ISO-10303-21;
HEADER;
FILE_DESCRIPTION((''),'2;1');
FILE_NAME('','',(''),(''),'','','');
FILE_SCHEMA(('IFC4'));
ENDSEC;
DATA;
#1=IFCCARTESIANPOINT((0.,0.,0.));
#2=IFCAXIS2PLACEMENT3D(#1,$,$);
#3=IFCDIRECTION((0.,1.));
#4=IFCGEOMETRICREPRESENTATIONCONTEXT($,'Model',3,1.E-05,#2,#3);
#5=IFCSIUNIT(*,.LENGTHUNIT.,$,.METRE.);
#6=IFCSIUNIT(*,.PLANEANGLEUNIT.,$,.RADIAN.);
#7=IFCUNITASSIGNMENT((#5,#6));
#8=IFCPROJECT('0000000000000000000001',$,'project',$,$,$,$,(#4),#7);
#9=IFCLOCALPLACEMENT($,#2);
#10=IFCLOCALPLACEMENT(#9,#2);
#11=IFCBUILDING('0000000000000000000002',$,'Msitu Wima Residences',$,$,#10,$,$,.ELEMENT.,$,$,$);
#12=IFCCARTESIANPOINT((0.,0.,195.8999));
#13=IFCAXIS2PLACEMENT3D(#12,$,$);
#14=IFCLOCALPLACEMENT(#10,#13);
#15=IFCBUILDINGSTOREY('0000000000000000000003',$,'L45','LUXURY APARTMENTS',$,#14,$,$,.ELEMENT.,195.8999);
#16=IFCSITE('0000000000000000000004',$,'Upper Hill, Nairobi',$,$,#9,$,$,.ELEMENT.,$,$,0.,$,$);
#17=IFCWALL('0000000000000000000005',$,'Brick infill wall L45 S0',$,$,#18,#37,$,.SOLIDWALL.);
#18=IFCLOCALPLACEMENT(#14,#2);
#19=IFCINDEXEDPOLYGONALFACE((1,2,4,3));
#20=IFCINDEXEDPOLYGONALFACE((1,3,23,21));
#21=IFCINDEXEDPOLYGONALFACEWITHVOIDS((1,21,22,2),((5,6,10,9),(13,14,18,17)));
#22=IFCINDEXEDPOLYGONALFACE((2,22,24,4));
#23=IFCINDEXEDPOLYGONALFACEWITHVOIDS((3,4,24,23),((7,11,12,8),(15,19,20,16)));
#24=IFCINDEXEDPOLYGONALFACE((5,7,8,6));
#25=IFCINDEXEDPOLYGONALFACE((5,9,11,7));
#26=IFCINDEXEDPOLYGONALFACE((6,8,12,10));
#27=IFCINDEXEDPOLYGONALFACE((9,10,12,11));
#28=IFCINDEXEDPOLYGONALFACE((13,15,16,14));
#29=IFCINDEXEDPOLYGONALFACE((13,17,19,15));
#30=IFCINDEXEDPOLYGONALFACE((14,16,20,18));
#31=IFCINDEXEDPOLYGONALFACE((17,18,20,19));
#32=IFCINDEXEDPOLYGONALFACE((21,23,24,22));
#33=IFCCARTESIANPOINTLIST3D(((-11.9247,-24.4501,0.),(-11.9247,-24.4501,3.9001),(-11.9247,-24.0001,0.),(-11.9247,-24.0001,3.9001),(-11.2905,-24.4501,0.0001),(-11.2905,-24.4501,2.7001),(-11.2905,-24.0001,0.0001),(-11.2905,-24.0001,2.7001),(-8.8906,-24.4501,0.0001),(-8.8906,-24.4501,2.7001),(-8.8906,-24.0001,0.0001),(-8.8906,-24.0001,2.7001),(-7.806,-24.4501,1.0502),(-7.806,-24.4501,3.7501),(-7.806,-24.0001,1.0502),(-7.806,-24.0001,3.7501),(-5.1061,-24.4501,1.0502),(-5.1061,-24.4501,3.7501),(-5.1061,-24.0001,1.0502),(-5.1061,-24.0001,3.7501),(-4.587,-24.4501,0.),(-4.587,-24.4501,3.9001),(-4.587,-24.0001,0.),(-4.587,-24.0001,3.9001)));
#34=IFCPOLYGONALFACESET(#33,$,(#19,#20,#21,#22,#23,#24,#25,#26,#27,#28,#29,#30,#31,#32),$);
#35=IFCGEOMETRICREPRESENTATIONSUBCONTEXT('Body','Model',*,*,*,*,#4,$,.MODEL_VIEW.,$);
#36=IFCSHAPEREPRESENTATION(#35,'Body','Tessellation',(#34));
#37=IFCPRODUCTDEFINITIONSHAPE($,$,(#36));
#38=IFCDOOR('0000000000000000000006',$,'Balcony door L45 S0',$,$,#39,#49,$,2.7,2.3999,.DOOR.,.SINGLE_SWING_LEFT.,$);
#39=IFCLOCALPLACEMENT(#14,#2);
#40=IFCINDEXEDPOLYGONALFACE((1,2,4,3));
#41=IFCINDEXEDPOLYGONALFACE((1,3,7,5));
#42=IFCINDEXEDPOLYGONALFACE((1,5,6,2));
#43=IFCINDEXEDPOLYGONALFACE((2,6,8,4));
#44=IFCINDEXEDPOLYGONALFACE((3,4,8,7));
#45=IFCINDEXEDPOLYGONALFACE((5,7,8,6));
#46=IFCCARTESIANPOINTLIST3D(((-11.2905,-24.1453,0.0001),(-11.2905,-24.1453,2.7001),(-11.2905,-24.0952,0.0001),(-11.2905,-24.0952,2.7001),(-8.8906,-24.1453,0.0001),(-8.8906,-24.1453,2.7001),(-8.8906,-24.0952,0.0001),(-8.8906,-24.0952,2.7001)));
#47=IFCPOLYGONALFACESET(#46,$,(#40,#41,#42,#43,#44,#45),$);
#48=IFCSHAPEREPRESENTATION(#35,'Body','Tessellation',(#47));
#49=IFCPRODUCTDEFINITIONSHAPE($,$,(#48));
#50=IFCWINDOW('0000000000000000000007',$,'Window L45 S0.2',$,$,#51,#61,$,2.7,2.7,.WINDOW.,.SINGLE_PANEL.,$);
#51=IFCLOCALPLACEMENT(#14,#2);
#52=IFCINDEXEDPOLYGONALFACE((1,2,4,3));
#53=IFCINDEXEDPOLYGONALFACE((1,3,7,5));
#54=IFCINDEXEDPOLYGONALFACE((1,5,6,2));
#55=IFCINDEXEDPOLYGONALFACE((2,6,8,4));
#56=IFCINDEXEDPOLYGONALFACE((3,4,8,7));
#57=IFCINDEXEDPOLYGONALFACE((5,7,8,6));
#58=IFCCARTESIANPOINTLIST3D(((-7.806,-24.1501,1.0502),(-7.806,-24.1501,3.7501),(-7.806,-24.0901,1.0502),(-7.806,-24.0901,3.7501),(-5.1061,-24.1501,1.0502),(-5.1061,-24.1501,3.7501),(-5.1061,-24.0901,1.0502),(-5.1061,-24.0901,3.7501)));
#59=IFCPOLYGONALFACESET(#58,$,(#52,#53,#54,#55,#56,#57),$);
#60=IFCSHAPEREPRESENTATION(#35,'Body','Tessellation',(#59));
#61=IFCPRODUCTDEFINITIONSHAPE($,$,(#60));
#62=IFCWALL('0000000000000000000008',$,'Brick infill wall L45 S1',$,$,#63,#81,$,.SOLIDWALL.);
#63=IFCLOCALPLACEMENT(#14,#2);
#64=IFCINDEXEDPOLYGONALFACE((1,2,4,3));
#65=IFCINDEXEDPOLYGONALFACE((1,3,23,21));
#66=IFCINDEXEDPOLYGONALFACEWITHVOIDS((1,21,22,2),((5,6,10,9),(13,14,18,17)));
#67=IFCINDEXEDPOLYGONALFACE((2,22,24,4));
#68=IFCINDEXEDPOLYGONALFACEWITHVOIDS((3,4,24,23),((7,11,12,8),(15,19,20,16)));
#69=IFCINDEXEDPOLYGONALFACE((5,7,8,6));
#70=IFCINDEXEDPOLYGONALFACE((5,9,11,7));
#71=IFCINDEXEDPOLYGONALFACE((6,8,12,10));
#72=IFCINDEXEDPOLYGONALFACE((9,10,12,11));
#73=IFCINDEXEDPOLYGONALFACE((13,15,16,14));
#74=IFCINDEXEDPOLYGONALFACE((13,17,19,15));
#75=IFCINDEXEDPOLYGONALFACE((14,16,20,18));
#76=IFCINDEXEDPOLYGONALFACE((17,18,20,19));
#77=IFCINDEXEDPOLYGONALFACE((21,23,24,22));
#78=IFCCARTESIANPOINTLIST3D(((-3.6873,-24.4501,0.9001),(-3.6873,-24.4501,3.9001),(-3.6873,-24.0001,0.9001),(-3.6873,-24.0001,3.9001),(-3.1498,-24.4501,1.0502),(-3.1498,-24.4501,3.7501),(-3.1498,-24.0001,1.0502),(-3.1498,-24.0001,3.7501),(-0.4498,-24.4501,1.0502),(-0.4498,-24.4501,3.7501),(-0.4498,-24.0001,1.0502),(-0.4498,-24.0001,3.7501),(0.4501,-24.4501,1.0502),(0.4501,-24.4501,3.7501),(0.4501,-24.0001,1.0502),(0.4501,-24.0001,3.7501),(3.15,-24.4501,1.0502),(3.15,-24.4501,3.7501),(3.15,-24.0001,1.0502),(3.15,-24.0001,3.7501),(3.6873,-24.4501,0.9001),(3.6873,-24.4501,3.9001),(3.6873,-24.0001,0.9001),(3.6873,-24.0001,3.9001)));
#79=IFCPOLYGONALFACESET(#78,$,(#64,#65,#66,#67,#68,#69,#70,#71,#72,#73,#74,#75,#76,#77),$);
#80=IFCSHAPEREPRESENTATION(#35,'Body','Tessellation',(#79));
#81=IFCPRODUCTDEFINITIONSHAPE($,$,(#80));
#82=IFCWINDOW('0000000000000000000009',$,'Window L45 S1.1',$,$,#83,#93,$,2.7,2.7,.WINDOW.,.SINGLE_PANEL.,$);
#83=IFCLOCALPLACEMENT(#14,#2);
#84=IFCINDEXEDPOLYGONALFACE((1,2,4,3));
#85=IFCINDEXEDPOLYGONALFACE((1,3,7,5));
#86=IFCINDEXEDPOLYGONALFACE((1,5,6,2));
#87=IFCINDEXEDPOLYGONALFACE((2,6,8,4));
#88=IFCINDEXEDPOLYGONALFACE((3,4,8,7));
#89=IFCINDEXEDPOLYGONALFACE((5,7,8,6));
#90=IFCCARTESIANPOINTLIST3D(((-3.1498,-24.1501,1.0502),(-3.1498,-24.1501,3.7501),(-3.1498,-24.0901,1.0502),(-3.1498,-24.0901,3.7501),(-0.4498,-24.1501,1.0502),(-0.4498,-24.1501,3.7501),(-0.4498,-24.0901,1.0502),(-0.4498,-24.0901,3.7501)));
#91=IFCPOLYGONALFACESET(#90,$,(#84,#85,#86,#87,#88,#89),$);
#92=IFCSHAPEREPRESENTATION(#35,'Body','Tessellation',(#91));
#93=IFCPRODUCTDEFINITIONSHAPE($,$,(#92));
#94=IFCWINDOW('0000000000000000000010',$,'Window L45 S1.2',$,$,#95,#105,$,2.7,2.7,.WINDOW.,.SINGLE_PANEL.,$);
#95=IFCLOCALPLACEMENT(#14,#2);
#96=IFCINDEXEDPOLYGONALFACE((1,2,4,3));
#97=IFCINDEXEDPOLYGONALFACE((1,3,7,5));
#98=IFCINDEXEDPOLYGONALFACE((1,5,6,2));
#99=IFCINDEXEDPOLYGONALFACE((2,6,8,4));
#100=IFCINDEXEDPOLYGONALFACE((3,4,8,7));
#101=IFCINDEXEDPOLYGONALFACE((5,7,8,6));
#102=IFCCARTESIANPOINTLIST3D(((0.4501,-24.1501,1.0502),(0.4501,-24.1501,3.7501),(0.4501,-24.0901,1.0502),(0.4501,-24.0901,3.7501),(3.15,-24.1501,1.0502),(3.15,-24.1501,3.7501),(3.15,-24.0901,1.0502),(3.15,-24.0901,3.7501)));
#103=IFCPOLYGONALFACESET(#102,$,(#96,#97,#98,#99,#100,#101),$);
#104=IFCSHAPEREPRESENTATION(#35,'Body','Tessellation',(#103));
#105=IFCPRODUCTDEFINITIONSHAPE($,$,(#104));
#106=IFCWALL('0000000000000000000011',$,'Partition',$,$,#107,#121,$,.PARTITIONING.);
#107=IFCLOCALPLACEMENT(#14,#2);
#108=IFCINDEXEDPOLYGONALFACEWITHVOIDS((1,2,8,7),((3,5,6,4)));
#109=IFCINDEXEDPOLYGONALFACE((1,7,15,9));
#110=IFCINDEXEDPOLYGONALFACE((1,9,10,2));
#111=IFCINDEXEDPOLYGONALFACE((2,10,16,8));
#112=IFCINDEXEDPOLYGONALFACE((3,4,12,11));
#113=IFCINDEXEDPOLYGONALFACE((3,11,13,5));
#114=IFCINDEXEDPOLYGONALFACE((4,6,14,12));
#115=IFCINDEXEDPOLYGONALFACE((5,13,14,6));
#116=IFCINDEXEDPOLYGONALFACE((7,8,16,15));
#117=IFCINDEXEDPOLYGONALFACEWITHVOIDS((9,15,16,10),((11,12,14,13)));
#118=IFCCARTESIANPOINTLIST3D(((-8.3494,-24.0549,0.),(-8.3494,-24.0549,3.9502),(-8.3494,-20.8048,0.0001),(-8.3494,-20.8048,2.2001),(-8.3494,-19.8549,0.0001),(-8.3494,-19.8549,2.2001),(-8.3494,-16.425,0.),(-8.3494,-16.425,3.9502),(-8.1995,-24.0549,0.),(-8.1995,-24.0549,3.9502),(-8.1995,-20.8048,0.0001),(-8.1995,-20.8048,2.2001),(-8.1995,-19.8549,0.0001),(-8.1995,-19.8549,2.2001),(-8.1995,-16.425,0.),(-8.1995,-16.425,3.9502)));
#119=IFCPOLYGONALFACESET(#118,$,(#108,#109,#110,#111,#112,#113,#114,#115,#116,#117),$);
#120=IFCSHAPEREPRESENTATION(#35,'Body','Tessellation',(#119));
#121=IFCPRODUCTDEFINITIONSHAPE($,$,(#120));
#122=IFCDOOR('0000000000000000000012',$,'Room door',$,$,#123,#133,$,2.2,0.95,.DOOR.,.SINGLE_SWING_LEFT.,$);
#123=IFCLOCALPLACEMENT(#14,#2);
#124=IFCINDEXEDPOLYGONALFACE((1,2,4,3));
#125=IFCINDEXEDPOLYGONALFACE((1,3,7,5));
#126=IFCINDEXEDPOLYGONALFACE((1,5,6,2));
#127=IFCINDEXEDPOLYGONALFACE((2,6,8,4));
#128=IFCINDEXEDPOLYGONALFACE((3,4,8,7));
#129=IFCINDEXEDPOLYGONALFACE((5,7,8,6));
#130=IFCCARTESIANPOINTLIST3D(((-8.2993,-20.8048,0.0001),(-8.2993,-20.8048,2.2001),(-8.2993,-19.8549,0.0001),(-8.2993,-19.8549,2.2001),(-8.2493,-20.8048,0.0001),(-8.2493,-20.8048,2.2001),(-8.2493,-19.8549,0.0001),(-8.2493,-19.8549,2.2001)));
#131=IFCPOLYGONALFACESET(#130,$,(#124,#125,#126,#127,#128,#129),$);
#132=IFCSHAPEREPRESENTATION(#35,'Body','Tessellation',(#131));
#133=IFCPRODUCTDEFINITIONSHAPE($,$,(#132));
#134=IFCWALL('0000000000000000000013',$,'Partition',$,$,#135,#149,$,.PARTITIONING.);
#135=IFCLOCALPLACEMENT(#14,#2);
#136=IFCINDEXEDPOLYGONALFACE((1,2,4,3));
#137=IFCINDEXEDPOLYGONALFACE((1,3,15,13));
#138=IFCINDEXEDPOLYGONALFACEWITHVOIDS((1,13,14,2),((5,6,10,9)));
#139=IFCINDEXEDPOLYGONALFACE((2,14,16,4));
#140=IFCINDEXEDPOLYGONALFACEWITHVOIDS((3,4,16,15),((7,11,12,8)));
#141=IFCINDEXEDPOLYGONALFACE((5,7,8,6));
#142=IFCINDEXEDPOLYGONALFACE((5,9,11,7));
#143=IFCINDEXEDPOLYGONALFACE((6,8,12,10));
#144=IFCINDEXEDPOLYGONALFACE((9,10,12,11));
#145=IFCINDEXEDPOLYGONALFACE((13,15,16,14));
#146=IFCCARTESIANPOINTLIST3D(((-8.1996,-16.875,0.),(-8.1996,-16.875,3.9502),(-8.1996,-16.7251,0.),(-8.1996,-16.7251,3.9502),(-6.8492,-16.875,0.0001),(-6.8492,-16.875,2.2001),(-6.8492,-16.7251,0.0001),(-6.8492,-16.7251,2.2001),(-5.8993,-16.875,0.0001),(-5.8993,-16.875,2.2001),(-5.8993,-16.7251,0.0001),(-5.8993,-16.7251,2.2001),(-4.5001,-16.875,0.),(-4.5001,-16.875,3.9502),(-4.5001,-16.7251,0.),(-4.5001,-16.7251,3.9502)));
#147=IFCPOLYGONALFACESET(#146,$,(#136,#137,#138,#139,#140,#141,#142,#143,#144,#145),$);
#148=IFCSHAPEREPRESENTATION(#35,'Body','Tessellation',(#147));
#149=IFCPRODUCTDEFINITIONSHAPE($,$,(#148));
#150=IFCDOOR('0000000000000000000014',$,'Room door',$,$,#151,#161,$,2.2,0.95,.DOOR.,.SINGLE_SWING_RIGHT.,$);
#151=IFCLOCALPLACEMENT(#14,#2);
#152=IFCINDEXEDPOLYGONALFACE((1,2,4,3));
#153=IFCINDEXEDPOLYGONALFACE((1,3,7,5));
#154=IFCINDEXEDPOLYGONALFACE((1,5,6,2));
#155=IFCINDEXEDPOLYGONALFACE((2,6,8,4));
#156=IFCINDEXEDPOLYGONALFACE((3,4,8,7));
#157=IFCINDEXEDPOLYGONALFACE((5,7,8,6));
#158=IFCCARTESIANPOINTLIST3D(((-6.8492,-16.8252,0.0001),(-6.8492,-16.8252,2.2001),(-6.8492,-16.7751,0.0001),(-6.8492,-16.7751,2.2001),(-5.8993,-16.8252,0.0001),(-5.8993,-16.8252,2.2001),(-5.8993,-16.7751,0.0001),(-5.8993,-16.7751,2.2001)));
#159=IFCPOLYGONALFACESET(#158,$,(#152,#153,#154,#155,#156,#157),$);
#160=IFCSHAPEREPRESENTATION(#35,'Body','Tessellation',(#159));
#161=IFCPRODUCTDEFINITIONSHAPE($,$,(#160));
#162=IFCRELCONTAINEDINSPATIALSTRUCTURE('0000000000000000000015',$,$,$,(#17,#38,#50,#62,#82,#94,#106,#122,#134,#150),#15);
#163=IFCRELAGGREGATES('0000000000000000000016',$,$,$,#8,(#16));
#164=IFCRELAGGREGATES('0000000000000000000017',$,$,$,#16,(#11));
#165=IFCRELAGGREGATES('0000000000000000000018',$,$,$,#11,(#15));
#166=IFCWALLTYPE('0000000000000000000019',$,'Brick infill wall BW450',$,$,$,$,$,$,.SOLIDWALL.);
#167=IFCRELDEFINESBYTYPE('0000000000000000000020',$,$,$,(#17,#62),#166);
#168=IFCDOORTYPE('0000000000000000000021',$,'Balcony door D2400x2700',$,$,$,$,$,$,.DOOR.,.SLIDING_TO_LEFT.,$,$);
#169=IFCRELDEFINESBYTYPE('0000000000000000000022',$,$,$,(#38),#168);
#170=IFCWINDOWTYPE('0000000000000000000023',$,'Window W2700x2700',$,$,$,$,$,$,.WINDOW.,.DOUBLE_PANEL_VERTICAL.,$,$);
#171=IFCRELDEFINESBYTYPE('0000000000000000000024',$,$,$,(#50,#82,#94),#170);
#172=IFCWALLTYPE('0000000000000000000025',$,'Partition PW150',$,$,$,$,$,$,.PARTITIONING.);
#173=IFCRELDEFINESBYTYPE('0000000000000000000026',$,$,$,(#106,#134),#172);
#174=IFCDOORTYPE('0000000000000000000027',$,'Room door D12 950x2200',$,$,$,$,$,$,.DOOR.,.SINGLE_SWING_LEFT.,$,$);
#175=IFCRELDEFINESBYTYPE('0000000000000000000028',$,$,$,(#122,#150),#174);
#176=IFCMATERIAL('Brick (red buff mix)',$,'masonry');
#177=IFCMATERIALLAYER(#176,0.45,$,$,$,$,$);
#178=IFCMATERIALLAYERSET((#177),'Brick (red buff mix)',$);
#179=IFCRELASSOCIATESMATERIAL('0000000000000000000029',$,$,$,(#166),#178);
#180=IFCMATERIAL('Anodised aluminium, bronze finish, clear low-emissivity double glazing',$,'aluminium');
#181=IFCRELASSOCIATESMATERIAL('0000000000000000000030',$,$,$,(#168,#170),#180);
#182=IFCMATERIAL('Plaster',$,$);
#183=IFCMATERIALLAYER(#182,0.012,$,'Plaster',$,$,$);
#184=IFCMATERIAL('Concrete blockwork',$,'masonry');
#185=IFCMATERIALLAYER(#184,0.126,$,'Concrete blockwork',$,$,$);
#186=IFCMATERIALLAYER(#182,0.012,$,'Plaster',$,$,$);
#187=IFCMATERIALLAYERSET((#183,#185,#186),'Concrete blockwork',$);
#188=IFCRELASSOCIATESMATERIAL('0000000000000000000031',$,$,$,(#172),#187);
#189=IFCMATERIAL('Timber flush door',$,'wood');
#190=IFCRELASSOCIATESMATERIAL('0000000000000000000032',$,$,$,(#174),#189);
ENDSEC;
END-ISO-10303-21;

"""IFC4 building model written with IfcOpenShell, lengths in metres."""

from ifc_helpers import new_model, si_unit, direction, frame, frame_2d, origin, place, context, subcontext, project, spatial, rectangle, extrude, material, layer, layer_set, type_object, element, fill, save


model = new_model("IFC4")

# Units and contexts
model_context = context("Model", 3, precision=1e-05, world=origin(), true_north=direction((0.0, 1.0)))
body_context = subcontext(model_context, "Body", "Model", "MODEL_VIEW")
ifc_project = project(units=[si_unit("LENGTHUNIT", "METRE"), si_unit("PLANEANGLEUNIT", "RADIAN")], contexts=[model_context])

# Site, building, storey
site_placement = place(None, origin())
site = spatial("IfcSite", under=ifc_project, at=site_placement, Name="Upper Hill, Nairobi", CompositionType="ELEMENT", RefElevation=0.0)
building_placement = place(site_placement, origin())
building = spatial("IfcBuilding", under=site, at=building_placement, Name="Msitu Wima Residences", CompositionType="ELEMENT")
storey_placement = place(building_placement, frame((0.0, 0.0, 195.8999)))
storey = spatial("IfcBuildingStorey", under=building, at=storey_placement, Name="L45", Description="LUXURY APARTMENTS", CompositionType="ELEMENT", Elevation=195.8999)

# Wall, openings, door, window
ifc_material_1 = material(Name="Brick (red buff mix)", Category="masonry")
ifc_layer_1 = layer(ifc_material_1, 0.45)
ifc_layer_set_1 = layer_set([ifc_layer_1], Name="Brick (red buff mix)")
wall_type_1 = type_object("IfcWallType", Name="Brick infill wall BW450", PredefinedType="SOLIDWALL", material=ifc_layer_set_1)
wall_1_placement = place(storey_placement, frame((-11.9248, -24.2251, 0.0), z_axis=(0.0, 0.0, 1.0), x_axis=(1.0, 0.0, 0.0)))
wall_1 = element("IfcWall", 1, at=wall_1_placement, inside=storey, type_object=wall_type_1, Name="Brick infill wall L45 S0", PredefinedType="SOLIDWALL", context=body_context, shape_type="SweptSolid", body=[
    extrude(rectangle(XDim=7.3376, YDim=0.45, at=frame_2d((3.6689, 0.0))), origin(), (0.0, 0.0, 1.0), 3.9001),
])
opening_1_placement = place(wall_1_placement, frame((0.6343, 0.0, 0.0)))
opening_1 = element("IfcOpeningElement", 2, at=opening_1_placement, cuts=wall_1, PredefinedType="OPENING", context=body_context, shape_type="SweptSolid", body=[
    extrude(rectangle(XDim=2.3999, YDim=2.7, at=frame_2d((1.2, 1.3501))), frame((0.0, 0.2349, 0.0), z_axis=(0.0, -1.0, 0.0), x_axis=(1.0, 0.0, 0.0)), (0.0, 0.0, 1.0), 0.47),
])
opening_2_placement = place(wall_1_placement, frame((4.1187, 0.0, 1.05)))
opening_2 = element("IfcOpeningElement", 3, at=opening_2_placement, cuts=wall_1, PredefinedType="OPENING", context=body_context, shape_type="SweptSolid", body=[
    extrude(rectangle(XDim=2.7, YDim=2.7, at=frame_2d((1.3501, 1.3501))), frame((0.0, 0.2349, 0.0), z_axis=(0.0, -1.0, 0.0), x_axis=(1.0, 0.0, 0.0)), (0.0, 0.0, 1.0), 0.47),
])
ifc_material_2 = material(Name="Anodised aluminium, bronze finish, clear low-emissivity double glazing", Category="aluminium")
door_type_1 = type_object("IfcDoorType", Name="Balcony door D2400x2700", OperationType="SLIDING_TO_LEFT", PredefinedType="DOOR", material=ifc_material_2)
door_1_placement = place(opening_1_placement, origin())
door_1 = element("IfcDoor", 4, at=door_1_placement, inside=storey, type_object=door_type_1, Name="Balcony door L45 S0", OperationType="SINGLE_SWING_LEFT", OverallHeight=2.7, OverallWidth=2.3999, PredefinedType="DOOR", context=body_context, shape_type="SweptSolid", body=[
    extrude(rectangle(XDim=2.3999, YDim=2.7, at=frame_2d((1.2, 1.3501))), frame((0.0, 0.1299, 0.0), z_axis=(0.0, -1.0, 0.0), x_axis=(1.0, 0.0, 0.0)), (0.0, 0.0, 1.0), 0.05),
])
fill(opening_1, door_1)
window_type = type_object("IfcWindowType", Name="Window W2700x2700", PartitioningType="DOUBLE_PANEL_VERTICAL", PredefinedType="WINDOW", material=ifc_material_2)
window_1_placement = place(opening_2_placement, origin())
window_1 = element("IfcWindow", 5, at=window_1_placement, inside=storey, type_object=window_type, Name="Window L45 S0.2", OverallHeight=2.7, OverallWidth=2.7, PartitioningType="SINGLE_PANEL", PredefinedType="WINDOW", context=body_context, shape_type="SweptSolid", body=[
    extrude(rectangle(XDim=2.7, YDim=2.7, at=frame_2d((1.3501, 1.3501))), frame((0.0, 0.135, 0.0), z_axis=(0.0, -1.0, 0.0), x_axis=(1.0, 0.0, 0.0)), (0.0, 0.0, 1.0), 0.0601),
])
fill(opening_2, window_1)

# Wall, openings, windows
wall_2_placement = place(storey_placement, frame((-3.6873, -24.2251, 0.9001), z_axis=(0.0, 0.0, 1.0), x_axis=(1.0, 0.0, 0.0)))
wall_2 = element("IfcWall", 6, at=wall_2_placement, inside=storey, type_object=wall_type_1, Name="Brick infill wall L45 S1", PredefinedType="SOLIDWALL", context=body_context, shape_type="SweptSolid", body=[
    extrude(rectangle(XDim=7.3745, YDim=0.45, at=frame_2d((3.6873, 0.0))), origin(), (0.0, 0.0, 1.0), 3.0),
])
opening_3_placement = place(wall_2_placement, frame((0.5374, 0.0, 0.1499)))
opening_3 = element("IfcOpeningElement", 7, at=opening_3_placement, cuts=wall_2, PredefinedType="OPENING", context=body_context, shape_type="SweptSolid", body=[
    extrude(rectangle(XDim=2.7, YDim=2.7, at=frame_2d((1.3501, 1.3501))), frame((0.0, 0.2349, 0.0), z_axis=(0.0, -1.0, 0.0), x_axis=(1.0, 0.0, 0.0)), (0.0, 0.0, 1.0), 0.47),
])
opening_4_placement = place(wall_2_placement, frame((4.1372, 0.0, 0.1499)))
opening_4 = element("IfcOpeningElement", 8, at=opening_4_placement, cuts=wall_2, PredefinedType="OPENING", context=body_context, shape_type="SweptSolid", body=[
    extrude(rectangle(XDim=2.7, YDim=2.7, at=frame_2d((1.3501, 1.3501))), frame((0.0, 0.2349, 0.0), z_axis=(0.0, -1.0, 0.0), x_axis=(1.0, 0.0, 0.0)), (0.0, 0.0, 1.0), 0.47),
])
window_2_placement = place(opening_3_placement, origin())
window_2 = element("IfcWindow", 9, at=window_2_placement, inside=storey, type_object=window_type, Name="Window L45 S1.1", OverallHeight=2.7, OverallWidth=2.7, PartitioningType="SINGLE_PANEL", PredefinedType="WINDOW", context=body_context, shape_type="SweptSolid", body=[
    extrude(rectangle(XDim=2.7, YDim=2.7, at=frame_2d((1.3501, 1.3501))), frame((0.0, 0.135, 0.0), z_axis=(0.0, -1.0, 0.0), x_axis=(1.0, 0.0, 0.0)), (0.0, 0.0, 1.0), 0.0601),
])
fill(opening_3, window_2)
window_3_placement = place(opening_4_placement, origin())
window_3 = element("IfcWindow", 10, at=window_3_placement, inside=storey, type_object=window_type, Name="Window L45 S1.2", OverallHeight=2.7, OverallWidth=2.7, PartitioningType="SINGLE_PANEL", PredefinedType="WINDOW", context=body_context, shape_type="SweptSolid", body=[
    extrude(rectangle(XDim=2.7, YDim=2.7, at=frame_2d((1.3501, 1.3501))), frame((0.0, 0.135, 0.0), z_axis=(0.0, -1.0, 0.0), x_axis=(1.0, 0.0, 0.0)), (0.0, 0.0, 1.0), 0.0601),
])
fill(opening_4, window_3)

# Walls, openings, doors
ifc_material_3 = material(Name="Plaster")
ifc_layer_2 = layer(ifc_material_3, 0.012, Name="Plaster")
ifc_material_4 = material(Name="Concrete blockwork", Category="masonry")
ifc_layer_3 = layer(ifc_material_4, 0.126, Name="Concrete blockwork")
ifc_layer_4 = layer(ifc_material_3, 0.012, Name="Plaster")
ifc_layer_set_2 = layer_set([ifc_layer_2, ifc_layer_3, ifc_layer_4], Name="Concrete blockwork")
wall_type_2 = type_object("IfcWallType", Name="Partition PW150", PredefinedType="PARTITIONING", material=ifc_layer_set_2)
wall_3_placement = place(storey_placement, frame((-8.2744, -24.0549, 0.0), z_axis=(0.0, 0.0, 1.0), x_axis=(0.0, 1.0, 0.0)))
wall_3 = element("IfcWall", 11, at=wall_3_placement, inside=storey, type_object=wall_type_2, Name="Partition", PredefinedType="PARTITIONING", context=body_context, shape_type="SweptSolid", body=[
    extrude(rectangle(XDim=7.6299, YDim=0.1499, at=frame_2d((3.8149, 0.0))), origin(), (0.0, 0.0, 1.0), 3.9502),
])
opening_5_placement = place(wall_3_placement, frame((3.25, 0.0, 0.0)))
opening_5 = element("IfcOpeningElement", 12, at=opening_5_placement, cuts=wall_3, PredefinedType="OPENING", context=body_context, shape_type="SweptSolid", body=[
    extrude(rectangle(XDim=0.95, YDim=2.2, at=frame_2d((0.4751, 1.1001))), frame((0.0, 0.085, 0.0), z_axis=(0.0, -1.0, 0.0), x_axis=(1.0, 0.0, 0.0)), (0.0, 0.0, 1.0), 0.1699),
])
ifc_material_5 = material(Name="Timber flush door", Category="wood")
door_type_2 = type_object("IfcDoorType", Name="Room door D12 950x2200", OperationType="SINGLE_SWING_LEFT", PredefinedType="DOOR", material=ifc_material_5)
door_2_placement = place(opening_5_placement, origin())
door_2 = element("IfcDoor", 13, at=door_2_placement, inside=storey, type_object=door_type_2, Name="Room door", OperationType="SINGLE_SWING_LEFT", OverallHeight=2.2, OverallWidth=0.95, PredefinedType="DOOR", context=body_context, shape_type="SweptSolid", body=[
    extrude(rectangle(XDim=0.95, YDim=2.2, at=frame_2d((0.4751, 1.1001))), frame((0.0, 0.0249, 0.0), z_axis=(0.0, -1.0, 0.0), x_axis=(1.0, 0.0, 0.0)), (0.0, 0.0, 1.0), 0.05),
])
fill(opening_5, door_2)
wall_4_placement = place(storey_placement, frame((-8.1995, -16.8, 0.0), z_axis=(0.0, 0.0, 1.0), x_axis=(1.0, 0.0, 0.0)))
wall_4 = element("IfcWall", 14, at=wall_4_placement, inside=storey, type_object=wall_type_2, Name="Partition", PredefinedType="PARTITIONING", context=body_context, shape_type="SweptSolid", body=[
    extrude(rectangle(XDim=3.6995, YDim=0.1499, at=frame_2d((1.8496, 0.0))), origin(), (0.0, 0.0, 1.0), 3.9502),
])
opening_6_placement = place(wall_4_placement, frame((1.3501, 0.0, 0.0)))
opening_6 = element("IfcOpeningElement", 15, at=opening_6_placement, cuts=wall_4, PredefinedType="OPENING", context=body_context, shape_type="SweptSolid", body=[
    extrude(rectangle(XDim=0.95, YDim=2.2, at=frame_2d((0.4751, 1.1001))), frame((0.0, 0.085, 0.0), z_axis=(0.0, -1.0, 0.0), x_axis=(1.0, 0.0, 0.0)), (0.0, 0.0, 1.0), 0.1699),
])
door_3_placement = place(opening_6_placement, origin())
door_3 = element("IfcDoor", 16, at=door_3_placement, inside=storey, type_object=door_type_2, Name="Room door", OperationType="SINGLE_SWING_RIGHT", OverallHeight=2.2, OverallWidth=0.95, PredefinedType="DOOR", context=body_context, shape_type="SweptSolid", body=[
    extrude(rectangle(XDim=0.95, YDim=2.2, at=frame_2d((0.4751, 1.1001))), frame((0.0, 0.0249, 0.0), z_axis=(0.0, -1.0, 0.0), x_axis=(1.0, 0.0, 0.0)), (0.0, 0.0, 1.0), 0.05),
])
fill(opening_6, door_3)

save(model, "model.ifc")
